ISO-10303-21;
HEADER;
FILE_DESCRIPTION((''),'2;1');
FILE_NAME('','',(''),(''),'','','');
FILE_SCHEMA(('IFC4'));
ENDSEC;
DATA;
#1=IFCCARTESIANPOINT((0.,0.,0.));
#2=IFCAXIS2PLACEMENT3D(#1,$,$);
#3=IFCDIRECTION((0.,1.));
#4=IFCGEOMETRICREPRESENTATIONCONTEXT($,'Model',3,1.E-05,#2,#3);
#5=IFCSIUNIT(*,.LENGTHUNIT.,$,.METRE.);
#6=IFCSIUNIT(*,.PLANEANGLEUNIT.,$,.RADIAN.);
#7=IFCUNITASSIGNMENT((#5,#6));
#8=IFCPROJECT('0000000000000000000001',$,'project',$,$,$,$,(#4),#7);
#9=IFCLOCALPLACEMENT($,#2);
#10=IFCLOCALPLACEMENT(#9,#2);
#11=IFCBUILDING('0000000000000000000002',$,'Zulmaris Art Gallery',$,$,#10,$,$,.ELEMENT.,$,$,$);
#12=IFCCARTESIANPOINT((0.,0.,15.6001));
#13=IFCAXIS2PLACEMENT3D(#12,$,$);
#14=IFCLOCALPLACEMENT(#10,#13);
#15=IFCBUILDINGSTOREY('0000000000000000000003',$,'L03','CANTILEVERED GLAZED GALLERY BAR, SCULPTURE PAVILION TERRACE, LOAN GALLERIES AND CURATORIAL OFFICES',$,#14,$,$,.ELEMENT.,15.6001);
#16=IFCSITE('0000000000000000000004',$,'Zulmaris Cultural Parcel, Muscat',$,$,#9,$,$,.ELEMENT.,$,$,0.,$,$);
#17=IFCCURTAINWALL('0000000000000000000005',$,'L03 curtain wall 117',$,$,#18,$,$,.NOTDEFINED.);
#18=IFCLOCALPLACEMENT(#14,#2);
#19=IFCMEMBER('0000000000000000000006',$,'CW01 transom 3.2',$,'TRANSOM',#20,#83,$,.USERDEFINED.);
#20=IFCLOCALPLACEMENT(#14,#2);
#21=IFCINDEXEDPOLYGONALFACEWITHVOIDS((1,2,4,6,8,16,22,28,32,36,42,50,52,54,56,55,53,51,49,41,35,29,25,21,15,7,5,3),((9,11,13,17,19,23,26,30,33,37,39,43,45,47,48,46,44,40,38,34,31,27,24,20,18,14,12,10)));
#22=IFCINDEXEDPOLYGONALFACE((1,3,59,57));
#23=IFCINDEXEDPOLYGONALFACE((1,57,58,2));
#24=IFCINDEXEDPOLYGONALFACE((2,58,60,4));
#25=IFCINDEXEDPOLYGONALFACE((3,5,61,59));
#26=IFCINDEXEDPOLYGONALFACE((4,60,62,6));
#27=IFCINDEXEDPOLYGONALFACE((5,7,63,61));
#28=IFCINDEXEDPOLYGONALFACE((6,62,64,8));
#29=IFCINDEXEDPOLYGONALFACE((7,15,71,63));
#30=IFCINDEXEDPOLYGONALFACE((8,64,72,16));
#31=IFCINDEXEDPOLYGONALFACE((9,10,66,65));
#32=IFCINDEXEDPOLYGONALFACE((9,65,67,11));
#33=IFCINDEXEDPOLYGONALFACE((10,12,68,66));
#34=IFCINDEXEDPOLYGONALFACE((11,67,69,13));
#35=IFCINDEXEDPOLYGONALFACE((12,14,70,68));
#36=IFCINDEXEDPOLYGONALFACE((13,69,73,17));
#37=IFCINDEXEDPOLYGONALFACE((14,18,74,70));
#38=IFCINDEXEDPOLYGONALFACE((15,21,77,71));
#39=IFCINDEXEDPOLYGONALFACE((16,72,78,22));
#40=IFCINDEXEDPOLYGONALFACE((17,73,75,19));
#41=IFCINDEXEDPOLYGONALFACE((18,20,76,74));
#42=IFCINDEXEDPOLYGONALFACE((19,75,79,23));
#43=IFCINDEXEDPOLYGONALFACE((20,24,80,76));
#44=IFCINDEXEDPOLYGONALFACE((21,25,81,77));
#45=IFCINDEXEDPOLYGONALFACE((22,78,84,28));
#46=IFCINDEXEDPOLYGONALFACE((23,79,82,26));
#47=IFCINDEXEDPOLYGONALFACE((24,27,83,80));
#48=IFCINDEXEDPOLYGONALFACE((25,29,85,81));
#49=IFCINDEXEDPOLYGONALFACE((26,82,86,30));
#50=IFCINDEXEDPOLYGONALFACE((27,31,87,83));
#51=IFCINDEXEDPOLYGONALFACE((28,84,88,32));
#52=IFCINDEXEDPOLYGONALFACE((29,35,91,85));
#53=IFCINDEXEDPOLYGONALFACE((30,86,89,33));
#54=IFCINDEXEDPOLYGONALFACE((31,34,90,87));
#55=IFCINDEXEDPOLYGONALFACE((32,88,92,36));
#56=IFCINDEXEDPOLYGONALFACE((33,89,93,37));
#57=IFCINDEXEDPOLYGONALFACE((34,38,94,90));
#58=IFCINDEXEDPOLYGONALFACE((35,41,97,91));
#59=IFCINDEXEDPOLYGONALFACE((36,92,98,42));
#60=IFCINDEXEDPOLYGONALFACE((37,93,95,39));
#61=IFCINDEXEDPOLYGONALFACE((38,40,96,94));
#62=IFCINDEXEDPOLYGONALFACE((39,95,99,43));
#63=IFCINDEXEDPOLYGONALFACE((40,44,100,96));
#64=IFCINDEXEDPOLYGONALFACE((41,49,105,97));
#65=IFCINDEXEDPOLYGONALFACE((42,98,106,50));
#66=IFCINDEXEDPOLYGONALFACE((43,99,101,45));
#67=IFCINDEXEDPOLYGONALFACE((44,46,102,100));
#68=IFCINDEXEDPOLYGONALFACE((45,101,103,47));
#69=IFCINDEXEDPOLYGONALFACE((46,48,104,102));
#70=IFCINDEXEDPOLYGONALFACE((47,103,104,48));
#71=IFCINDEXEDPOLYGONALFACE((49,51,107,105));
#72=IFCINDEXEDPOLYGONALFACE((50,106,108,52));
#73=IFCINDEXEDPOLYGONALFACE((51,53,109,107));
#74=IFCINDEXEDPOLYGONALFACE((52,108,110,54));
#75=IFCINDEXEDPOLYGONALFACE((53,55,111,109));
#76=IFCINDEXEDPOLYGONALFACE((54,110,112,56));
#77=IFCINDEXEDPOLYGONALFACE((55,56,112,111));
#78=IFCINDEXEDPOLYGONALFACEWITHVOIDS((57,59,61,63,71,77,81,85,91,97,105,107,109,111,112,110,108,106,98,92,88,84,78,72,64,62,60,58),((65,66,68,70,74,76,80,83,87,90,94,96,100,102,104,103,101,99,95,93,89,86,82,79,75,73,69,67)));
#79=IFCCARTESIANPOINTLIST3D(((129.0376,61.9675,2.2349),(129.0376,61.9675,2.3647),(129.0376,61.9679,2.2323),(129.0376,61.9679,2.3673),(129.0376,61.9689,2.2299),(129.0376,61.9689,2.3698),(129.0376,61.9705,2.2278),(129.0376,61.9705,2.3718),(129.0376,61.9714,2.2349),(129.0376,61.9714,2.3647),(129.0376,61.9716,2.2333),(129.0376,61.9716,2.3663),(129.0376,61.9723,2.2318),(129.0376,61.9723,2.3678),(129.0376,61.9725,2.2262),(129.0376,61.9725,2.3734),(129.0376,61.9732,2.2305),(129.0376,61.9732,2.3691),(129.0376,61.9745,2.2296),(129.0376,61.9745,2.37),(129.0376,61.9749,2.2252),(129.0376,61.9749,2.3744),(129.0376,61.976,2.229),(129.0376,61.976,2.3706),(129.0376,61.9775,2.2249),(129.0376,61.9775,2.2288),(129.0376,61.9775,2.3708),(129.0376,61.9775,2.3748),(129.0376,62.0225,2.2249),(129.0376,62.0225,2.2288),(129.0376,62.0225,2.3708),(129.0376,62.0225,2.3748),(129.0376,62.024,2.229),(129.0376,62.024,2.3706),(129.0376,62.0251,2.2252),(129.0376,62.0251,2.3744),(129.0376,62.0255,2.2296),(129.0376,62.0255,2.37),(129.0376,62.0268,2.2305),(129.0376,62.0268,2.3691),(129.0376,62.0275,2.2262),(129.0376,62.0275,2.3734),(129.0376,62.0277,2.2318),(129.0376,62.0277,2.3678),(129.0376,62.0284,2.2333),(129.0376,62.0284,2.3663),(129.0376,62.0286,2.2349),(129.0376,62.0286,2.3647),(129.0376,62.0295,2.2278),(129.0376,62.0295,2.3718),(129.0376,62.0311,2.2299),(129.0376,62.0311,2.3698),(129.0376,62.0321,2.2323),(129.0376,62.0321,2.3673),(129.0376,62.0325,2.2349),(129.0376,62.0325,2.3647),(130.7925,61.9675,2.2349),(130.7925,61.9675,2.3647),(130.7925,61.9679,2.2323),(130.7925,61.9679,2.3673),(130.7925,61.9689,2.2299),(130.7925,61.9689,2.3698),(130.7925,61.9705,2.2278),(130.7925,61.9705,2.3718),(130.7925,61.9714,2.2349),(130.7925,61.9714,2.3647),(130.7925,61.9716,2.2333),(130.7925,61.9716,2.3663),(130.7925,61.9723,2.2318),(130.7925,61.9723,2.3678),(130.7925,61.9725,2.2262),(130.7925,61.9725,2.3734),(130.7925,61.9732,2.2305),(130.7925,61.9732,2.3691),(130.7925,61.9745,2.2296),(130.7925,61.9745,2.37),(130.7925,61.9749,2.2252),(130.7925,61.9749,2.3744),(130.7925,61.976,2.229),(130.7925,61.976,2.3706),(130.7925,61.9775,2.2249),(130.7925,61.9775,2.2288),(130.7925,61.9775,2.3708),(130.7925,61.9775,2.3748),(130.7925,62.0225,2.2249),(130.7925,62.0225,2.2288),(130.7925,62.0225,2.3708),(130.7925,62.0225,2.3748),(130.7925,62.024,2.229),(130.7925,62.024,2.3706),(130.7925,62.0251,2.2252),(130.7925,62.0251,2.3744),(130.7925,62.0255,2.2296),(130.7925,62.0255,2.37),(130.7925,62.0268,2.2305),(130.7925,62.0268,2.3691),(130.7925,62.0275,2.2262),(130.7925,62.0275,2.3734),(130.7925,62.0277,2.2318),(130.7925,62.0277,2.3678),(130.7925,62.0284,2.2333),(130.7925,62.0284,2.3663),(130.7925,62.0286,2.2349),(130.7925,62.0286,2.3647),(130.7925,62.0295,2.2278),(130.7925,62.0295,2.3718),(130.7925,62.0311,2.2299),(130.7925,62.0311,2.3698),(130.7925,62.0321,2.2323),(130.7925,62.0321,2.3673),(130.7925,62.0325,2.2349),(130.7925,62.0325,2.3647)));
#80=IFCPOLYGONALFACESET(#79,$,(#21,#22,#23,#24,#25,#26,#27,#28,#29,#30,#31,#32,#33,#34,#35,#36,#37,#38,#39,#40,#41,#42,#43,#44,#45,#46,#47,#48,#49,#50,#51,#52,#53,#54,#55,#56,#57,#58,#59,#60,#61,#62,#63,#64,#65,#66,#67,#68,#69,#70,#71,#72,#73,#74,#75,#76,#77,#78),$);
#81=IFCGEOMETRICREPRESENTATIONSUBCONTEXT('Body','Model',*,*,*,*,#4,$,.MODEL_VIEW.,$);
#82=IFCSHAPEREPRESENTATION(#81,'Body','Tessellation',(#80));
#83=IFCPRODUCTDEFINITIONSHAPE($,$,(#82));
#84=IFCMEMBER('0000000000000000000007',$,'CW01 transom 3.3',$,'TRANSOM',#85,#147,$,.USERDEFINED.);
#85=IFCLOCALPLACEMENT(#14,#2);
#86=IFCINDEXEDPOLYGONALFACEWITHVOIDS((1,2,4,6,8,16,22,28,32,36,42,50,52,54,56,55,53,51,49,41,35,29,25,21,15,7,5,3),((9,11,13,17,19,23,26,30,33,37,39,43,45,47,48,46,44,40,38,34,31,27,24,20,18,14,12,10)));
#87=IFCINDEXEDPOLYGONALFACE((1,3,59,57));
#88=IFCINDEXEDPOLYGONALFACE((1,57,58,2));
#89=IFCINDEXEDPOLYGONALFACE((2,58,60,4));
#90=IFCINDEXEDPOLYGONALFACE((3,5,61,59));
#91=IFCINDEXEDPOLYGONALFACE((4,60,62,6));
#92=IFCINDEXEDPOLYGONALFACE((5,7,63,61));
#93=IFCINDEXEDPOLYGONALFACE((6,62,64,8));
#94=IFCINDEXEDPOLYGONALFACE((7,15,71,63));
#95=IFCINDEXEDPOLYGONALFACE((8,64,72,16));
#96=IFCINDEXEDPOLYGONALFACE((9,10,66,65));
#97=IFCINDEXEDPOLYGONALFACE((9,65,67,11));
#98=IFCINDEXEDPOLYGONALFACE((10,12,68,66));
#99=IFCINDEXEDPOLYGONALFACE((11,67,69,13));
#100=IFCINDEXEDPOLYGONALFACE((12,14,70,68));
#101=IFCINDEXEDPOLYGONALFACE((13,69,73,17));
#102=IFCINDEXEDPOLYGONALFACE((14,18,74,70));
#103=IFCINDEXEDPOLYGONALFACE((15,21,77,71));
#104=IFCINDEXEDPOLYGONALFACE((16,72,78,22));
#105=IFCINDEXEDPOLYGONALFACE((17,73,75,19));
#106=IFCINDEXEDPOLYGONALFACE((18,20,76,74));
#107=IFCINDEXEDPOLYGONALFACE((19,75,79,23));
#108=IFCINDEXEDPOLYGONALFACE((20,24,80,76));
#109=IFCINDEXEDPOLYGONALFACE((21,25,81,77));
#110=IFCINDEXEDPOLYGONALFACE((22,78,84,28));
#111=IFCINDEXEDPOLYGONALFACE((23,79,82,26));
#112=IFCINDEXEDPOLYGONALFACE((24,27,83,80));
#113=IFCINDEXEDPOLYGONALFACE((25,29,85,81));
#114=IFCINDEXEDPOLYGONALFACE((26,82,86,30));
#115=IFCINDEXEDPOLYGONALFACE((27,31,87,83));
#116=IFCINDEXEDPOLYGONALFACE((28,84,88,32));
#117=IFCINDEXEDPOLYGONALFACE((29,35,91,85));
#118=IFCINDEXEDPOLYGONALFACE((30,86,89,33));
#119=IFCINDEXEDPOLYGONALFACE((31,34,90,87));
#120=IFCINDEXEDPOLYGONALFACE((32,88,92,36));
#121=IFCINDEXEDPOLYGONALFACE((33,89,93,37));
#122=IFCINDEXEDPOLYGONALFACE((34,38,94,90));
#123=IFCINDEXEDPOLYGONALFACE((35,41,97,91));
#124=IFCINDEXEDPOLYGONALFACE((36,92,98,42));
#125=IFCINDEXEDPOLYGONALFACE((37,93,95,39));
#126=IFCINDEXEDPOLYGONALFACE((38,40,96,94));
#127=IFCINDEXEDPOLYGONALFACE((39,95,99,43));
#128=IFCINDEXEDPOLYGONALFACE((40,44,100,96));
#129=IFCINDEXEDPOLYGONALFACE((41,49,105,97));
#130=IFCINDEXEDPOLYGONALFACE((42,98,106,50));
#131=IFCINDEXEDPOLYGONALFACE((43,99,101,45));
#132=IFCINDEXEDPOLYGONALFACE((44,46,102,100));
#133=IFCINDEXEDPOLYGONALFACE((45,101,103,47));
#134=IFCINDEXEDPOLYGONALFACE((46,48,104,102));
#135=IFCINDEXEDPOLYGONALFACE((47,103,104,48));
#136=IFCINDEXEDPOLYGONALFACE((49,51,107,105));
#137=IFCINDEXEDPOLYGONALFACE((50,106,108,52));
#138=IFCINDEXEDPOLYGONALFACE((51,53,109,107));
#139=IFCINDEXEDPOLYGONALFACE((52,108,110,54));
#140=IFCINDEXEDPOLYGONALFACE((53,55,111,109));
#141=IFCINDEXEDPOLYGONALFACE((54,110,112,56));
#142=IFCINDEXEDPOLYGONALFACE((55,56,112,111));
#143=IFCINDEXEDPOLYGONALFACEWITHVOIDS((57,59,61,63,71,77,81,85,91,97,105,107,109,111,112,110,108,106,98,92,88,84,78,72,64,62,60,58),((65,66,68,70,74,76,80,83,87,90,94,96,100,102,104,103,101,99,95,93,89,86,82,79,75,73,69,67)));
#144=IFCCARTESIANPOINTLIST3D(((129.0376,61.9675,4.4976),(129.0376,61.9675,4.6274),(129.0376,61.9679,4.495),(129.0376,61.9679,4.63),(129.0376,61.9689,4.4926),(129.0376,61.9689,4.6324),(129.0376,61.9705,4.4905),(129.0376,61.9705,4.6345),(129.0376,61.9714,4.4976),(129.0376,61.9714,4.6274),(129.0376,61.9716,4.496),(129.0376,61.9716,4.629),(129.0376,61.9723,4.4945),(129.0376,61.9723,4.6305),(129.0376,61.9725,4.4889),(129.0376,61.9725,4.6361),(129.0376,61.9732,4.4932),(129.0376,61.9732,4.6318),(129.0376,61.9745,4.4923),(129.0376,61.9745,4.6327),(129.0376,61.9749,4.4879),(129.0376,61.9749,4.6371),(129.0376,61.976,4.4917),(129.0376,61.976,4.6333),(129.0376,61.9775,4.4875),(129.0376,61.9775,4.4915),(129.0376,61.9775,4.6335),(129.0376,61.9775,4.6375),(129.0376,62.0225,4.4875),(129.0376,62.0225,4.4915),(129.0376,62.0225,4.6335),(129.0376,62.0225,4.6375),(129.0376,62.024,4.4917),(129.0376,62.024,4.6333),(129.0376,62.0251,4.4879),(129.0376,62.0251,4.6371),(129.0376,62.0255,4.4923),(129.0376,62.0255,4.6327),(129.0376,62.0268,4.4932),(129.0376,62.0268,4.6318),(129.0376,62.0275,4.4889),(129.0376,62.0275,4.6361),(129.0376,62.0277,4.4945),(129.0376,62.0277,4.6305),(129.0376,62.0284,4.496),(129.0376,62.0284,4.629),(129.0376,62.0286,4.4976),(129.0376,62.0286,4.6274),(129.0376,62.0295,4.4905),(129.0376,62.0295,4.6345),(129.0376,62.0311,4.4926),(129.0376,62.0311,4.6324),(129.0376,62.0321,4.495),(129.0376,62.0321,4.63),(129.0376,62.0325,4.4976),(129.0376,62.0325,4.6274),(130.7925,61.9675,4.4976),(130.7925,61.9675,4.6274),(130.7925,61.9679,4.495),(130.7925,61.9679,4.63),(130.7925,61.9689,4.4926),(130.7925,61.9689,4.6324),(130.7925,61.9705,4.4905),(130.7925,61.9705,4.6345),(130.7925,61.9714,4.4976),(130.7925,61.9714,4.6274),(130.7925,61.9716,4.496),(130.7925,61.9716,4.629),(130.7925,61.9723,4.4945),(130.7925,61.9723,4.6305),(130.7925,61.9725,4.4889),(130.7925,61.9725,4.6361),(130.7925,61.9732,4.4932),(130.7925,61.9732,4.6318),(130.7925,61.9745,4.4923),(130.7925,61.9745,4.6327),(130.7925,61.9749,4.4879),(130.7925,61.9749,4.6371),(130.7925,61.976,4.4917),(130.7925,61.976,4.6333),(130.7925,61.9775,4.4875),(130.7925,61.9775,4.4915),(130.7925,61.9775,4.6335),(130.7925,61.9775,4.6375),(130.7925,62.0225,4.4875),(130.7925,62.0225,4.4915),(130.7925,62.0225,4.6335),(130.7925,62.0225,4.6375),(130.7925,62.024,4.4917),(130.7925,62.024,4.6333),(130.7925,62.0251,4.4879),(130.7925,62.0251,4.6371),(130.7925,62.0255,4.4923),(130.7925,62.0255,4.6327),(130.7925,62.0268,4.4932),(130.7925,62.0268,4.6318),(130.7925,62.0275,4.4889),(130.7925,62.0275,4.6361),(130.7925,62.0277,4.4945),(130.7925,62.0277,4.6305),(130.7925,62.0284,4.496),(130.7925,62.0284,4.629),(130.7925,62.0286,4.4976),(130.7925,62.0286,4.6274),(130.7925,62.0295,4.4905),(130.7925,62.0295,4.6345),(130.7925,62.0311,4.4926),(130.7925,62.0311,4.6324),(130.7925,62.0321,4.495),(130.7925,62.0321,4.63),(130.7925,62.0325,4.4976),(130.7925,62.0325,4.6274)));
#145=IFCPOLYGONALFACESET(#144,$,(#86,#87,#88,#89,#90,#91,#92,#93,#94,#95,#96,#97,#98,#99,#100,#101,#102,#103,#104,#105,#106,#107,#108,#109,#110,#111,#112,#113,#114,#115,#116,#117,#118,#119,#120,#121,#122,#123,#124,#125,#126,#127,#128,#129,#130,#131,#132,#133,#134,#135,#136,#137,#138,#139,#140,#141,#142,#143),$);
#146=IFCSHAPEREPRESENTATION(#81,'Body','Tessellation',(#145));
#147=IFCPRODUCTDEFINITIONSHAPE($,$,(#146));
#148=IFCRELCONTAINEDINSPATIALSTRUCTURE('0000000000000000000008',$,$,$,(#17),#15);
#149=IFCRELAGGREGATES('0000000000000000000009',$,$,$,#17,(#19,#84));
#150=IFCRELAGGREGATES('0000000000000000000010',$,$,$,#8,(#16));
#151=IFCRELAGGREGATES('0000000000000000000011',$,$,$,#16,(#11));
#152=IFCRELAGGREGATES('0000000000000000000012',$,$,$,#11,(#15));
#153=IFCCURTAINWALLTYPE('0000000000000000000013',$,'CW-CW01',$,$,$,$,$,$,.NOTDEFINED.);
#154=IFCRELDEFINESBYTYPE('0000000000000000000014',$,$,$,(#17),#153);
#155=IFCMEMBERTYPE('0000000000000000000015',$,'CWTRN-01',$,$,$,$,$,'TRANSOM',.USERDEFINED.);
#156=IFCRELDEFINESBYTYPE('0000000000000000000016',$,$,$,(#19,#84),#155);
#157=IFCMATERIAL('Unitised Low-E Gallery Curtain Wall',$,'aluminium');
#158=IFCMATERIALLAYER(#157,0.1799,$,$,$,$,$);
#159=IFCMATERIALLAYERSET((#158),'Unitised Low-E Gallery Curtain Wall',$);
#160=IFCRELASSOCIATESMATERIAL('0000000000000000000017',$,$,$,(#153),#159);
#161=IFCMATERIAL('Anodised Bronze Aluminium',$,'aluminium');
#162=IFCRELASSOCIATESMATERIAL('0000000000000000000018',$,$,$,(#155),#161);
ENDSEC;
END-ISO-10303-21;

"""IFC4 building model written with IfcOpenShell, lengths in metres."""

from ifc_helpers import new_model, si_unit, direction, frame, origin, origin_2d, place, context, subcontext, project, spatial, hollow_rectangle, extrude, material, layer, layer_set, material_profile, profile_set, type_object, element, aggregate, save


model = new_model("IFC4")

# Units and contexts
model_context = context("Model", 3, precision=1e-05, world=origin(), true_north=direction((0.0, 1.0)))
body_context = subcontext(model_context, "Body", "Model", "MODEL_VIEW")
ifc_project = project(units=[si_unit("LENGTHUNIT", "METRE"), si_unit("PLANEANGLEUNIT", "RADIAN")], contexts=[model_context])

# Site, building, storey
site_placement = place(None, origin())
site = spatial("IfcSite", under=ifc_project, at=site_placement, Name="Zulmaris Cultural Parcel, Muscat", CompositionType="ELEMENT", RefElevation=0.0)
building_placement = place(site_placement, origin())
building = spatial("IfcBuilding", under=site, at=building_placement, Name="Zulmaris Art Gallery", CompositionType="ELEMENT")
storey_placement = place(building_placement, frame((0.0, 0.0, 15.6001)))
storey = spatial("IfcBuildingStorey", under=building, at=storey_placement, Name="L03", Description="CANTILEVERED GLAZED GALLERY BAR, SCULPTURE PAVILION TERRACE, LOAN GALLERIES AND CURATORIAL OFFICES", CompositionType="ELEMENT", Elevation=15.6001)

# Curtain wall
ifc_material_1 = material(Name="Unitised Low-E Gallery Curtain Wall", Category="aluminium")
ifc_layer_1 = layer(ifc_material_1, 0.1799)
ifc_layer_set_1 = layer_set([ifc_layer_1], Name="Unitised Low-E Gallery Curtain Wall")
curtain_wall_type = type_object("IfcCurtainWallType", Name="CW-CW01", PredefinedType="NOTDEFINED", material=ifc_layer_set_1)
curtain_wall_1_placement = place(storey_placement, origin())
curtain_wall_1 = element("IfcCurtainWall", 1, at=curtain_wall_1_placement, inside=storey, type_object=curtain_wall_type, Name="L03 curtain wall 117", PredefinedType="NOTDEFINED")
ifc_material_2 = material(Name="Anodised Bronze Aluminium", Category="aluminium")

# Members
ifc_material_profile_1 = material_profile(ifc_material_2, hollow_rectangle(XDim=0.0649, YDim=0.1499, WallThickness=0.0039, InnerFilletRadius=0.0061, OuterFilletRadius=0.01, at=origin_2d()), Name="ALU 65x150x4")
ifc_profile_set_1 = profile_set([ifc_material_profile_1], Name="Anodised Bronze Aluminium")
member_type_1 = type_object("IfcMemberType", Name="CWTRN-01", ElementType="TRANSOM", PredefinedType="USERDEFINED", material=ifc_profile_set_1)
member_1_placement = place(storey_placement, frame((129.0376, 62.0, 2.2998), z_axis=(1.0, 0.0, 0.0), x_axis=(0.0, 1.0, 0.0)))
member_1 = element("IfcMember", 2, at=member_1_placement, type_object=member_type_1, Name="CW01 transom 3.2", ObjectType="TRANSOM", PredefinedType="USERDEFINED", context=body_context, shape_type="SweptSolid", body=[
    extrude(hollow_rectangle(XDim=0.0649, YDim=0.1499, WallThickness=0.0039, InnerFilletRadius=0.0061, OuterFilletRadius=0.01, at=origin_2d()), origin(), (0.0, 0.0, 1.0), 1.7549),
])
member_2_placement = place(storey_placement, frame((129.0376, 62.0, 4.5625), z_axis=(1.0, 0.0, 0.0), x_axis=(0.0, 1.0, 0.0)))
member_2 = element("IfcMember", 3, at=member_2_placement, type_object=member_type_1, Name="CW01 transom 3.3", ObjectType="TRANSOM", PredefinedType="USERDEFINED", context=body_context, shape_type="SweptSolid", body=[
    extrude(hollow_rectangle(XDim=0.0649, YDim=0.1499, WallThickness=0.0039, InnerFilletRadius=0.0061, OuterFilletRadius=0.01, at=origin_2d()), origin(), (0.0, 0.0, 1.0), 1.7549),
])

aggregate(curtain_wall_1, [member_1, member_2])

save(model, "model.ifc")
